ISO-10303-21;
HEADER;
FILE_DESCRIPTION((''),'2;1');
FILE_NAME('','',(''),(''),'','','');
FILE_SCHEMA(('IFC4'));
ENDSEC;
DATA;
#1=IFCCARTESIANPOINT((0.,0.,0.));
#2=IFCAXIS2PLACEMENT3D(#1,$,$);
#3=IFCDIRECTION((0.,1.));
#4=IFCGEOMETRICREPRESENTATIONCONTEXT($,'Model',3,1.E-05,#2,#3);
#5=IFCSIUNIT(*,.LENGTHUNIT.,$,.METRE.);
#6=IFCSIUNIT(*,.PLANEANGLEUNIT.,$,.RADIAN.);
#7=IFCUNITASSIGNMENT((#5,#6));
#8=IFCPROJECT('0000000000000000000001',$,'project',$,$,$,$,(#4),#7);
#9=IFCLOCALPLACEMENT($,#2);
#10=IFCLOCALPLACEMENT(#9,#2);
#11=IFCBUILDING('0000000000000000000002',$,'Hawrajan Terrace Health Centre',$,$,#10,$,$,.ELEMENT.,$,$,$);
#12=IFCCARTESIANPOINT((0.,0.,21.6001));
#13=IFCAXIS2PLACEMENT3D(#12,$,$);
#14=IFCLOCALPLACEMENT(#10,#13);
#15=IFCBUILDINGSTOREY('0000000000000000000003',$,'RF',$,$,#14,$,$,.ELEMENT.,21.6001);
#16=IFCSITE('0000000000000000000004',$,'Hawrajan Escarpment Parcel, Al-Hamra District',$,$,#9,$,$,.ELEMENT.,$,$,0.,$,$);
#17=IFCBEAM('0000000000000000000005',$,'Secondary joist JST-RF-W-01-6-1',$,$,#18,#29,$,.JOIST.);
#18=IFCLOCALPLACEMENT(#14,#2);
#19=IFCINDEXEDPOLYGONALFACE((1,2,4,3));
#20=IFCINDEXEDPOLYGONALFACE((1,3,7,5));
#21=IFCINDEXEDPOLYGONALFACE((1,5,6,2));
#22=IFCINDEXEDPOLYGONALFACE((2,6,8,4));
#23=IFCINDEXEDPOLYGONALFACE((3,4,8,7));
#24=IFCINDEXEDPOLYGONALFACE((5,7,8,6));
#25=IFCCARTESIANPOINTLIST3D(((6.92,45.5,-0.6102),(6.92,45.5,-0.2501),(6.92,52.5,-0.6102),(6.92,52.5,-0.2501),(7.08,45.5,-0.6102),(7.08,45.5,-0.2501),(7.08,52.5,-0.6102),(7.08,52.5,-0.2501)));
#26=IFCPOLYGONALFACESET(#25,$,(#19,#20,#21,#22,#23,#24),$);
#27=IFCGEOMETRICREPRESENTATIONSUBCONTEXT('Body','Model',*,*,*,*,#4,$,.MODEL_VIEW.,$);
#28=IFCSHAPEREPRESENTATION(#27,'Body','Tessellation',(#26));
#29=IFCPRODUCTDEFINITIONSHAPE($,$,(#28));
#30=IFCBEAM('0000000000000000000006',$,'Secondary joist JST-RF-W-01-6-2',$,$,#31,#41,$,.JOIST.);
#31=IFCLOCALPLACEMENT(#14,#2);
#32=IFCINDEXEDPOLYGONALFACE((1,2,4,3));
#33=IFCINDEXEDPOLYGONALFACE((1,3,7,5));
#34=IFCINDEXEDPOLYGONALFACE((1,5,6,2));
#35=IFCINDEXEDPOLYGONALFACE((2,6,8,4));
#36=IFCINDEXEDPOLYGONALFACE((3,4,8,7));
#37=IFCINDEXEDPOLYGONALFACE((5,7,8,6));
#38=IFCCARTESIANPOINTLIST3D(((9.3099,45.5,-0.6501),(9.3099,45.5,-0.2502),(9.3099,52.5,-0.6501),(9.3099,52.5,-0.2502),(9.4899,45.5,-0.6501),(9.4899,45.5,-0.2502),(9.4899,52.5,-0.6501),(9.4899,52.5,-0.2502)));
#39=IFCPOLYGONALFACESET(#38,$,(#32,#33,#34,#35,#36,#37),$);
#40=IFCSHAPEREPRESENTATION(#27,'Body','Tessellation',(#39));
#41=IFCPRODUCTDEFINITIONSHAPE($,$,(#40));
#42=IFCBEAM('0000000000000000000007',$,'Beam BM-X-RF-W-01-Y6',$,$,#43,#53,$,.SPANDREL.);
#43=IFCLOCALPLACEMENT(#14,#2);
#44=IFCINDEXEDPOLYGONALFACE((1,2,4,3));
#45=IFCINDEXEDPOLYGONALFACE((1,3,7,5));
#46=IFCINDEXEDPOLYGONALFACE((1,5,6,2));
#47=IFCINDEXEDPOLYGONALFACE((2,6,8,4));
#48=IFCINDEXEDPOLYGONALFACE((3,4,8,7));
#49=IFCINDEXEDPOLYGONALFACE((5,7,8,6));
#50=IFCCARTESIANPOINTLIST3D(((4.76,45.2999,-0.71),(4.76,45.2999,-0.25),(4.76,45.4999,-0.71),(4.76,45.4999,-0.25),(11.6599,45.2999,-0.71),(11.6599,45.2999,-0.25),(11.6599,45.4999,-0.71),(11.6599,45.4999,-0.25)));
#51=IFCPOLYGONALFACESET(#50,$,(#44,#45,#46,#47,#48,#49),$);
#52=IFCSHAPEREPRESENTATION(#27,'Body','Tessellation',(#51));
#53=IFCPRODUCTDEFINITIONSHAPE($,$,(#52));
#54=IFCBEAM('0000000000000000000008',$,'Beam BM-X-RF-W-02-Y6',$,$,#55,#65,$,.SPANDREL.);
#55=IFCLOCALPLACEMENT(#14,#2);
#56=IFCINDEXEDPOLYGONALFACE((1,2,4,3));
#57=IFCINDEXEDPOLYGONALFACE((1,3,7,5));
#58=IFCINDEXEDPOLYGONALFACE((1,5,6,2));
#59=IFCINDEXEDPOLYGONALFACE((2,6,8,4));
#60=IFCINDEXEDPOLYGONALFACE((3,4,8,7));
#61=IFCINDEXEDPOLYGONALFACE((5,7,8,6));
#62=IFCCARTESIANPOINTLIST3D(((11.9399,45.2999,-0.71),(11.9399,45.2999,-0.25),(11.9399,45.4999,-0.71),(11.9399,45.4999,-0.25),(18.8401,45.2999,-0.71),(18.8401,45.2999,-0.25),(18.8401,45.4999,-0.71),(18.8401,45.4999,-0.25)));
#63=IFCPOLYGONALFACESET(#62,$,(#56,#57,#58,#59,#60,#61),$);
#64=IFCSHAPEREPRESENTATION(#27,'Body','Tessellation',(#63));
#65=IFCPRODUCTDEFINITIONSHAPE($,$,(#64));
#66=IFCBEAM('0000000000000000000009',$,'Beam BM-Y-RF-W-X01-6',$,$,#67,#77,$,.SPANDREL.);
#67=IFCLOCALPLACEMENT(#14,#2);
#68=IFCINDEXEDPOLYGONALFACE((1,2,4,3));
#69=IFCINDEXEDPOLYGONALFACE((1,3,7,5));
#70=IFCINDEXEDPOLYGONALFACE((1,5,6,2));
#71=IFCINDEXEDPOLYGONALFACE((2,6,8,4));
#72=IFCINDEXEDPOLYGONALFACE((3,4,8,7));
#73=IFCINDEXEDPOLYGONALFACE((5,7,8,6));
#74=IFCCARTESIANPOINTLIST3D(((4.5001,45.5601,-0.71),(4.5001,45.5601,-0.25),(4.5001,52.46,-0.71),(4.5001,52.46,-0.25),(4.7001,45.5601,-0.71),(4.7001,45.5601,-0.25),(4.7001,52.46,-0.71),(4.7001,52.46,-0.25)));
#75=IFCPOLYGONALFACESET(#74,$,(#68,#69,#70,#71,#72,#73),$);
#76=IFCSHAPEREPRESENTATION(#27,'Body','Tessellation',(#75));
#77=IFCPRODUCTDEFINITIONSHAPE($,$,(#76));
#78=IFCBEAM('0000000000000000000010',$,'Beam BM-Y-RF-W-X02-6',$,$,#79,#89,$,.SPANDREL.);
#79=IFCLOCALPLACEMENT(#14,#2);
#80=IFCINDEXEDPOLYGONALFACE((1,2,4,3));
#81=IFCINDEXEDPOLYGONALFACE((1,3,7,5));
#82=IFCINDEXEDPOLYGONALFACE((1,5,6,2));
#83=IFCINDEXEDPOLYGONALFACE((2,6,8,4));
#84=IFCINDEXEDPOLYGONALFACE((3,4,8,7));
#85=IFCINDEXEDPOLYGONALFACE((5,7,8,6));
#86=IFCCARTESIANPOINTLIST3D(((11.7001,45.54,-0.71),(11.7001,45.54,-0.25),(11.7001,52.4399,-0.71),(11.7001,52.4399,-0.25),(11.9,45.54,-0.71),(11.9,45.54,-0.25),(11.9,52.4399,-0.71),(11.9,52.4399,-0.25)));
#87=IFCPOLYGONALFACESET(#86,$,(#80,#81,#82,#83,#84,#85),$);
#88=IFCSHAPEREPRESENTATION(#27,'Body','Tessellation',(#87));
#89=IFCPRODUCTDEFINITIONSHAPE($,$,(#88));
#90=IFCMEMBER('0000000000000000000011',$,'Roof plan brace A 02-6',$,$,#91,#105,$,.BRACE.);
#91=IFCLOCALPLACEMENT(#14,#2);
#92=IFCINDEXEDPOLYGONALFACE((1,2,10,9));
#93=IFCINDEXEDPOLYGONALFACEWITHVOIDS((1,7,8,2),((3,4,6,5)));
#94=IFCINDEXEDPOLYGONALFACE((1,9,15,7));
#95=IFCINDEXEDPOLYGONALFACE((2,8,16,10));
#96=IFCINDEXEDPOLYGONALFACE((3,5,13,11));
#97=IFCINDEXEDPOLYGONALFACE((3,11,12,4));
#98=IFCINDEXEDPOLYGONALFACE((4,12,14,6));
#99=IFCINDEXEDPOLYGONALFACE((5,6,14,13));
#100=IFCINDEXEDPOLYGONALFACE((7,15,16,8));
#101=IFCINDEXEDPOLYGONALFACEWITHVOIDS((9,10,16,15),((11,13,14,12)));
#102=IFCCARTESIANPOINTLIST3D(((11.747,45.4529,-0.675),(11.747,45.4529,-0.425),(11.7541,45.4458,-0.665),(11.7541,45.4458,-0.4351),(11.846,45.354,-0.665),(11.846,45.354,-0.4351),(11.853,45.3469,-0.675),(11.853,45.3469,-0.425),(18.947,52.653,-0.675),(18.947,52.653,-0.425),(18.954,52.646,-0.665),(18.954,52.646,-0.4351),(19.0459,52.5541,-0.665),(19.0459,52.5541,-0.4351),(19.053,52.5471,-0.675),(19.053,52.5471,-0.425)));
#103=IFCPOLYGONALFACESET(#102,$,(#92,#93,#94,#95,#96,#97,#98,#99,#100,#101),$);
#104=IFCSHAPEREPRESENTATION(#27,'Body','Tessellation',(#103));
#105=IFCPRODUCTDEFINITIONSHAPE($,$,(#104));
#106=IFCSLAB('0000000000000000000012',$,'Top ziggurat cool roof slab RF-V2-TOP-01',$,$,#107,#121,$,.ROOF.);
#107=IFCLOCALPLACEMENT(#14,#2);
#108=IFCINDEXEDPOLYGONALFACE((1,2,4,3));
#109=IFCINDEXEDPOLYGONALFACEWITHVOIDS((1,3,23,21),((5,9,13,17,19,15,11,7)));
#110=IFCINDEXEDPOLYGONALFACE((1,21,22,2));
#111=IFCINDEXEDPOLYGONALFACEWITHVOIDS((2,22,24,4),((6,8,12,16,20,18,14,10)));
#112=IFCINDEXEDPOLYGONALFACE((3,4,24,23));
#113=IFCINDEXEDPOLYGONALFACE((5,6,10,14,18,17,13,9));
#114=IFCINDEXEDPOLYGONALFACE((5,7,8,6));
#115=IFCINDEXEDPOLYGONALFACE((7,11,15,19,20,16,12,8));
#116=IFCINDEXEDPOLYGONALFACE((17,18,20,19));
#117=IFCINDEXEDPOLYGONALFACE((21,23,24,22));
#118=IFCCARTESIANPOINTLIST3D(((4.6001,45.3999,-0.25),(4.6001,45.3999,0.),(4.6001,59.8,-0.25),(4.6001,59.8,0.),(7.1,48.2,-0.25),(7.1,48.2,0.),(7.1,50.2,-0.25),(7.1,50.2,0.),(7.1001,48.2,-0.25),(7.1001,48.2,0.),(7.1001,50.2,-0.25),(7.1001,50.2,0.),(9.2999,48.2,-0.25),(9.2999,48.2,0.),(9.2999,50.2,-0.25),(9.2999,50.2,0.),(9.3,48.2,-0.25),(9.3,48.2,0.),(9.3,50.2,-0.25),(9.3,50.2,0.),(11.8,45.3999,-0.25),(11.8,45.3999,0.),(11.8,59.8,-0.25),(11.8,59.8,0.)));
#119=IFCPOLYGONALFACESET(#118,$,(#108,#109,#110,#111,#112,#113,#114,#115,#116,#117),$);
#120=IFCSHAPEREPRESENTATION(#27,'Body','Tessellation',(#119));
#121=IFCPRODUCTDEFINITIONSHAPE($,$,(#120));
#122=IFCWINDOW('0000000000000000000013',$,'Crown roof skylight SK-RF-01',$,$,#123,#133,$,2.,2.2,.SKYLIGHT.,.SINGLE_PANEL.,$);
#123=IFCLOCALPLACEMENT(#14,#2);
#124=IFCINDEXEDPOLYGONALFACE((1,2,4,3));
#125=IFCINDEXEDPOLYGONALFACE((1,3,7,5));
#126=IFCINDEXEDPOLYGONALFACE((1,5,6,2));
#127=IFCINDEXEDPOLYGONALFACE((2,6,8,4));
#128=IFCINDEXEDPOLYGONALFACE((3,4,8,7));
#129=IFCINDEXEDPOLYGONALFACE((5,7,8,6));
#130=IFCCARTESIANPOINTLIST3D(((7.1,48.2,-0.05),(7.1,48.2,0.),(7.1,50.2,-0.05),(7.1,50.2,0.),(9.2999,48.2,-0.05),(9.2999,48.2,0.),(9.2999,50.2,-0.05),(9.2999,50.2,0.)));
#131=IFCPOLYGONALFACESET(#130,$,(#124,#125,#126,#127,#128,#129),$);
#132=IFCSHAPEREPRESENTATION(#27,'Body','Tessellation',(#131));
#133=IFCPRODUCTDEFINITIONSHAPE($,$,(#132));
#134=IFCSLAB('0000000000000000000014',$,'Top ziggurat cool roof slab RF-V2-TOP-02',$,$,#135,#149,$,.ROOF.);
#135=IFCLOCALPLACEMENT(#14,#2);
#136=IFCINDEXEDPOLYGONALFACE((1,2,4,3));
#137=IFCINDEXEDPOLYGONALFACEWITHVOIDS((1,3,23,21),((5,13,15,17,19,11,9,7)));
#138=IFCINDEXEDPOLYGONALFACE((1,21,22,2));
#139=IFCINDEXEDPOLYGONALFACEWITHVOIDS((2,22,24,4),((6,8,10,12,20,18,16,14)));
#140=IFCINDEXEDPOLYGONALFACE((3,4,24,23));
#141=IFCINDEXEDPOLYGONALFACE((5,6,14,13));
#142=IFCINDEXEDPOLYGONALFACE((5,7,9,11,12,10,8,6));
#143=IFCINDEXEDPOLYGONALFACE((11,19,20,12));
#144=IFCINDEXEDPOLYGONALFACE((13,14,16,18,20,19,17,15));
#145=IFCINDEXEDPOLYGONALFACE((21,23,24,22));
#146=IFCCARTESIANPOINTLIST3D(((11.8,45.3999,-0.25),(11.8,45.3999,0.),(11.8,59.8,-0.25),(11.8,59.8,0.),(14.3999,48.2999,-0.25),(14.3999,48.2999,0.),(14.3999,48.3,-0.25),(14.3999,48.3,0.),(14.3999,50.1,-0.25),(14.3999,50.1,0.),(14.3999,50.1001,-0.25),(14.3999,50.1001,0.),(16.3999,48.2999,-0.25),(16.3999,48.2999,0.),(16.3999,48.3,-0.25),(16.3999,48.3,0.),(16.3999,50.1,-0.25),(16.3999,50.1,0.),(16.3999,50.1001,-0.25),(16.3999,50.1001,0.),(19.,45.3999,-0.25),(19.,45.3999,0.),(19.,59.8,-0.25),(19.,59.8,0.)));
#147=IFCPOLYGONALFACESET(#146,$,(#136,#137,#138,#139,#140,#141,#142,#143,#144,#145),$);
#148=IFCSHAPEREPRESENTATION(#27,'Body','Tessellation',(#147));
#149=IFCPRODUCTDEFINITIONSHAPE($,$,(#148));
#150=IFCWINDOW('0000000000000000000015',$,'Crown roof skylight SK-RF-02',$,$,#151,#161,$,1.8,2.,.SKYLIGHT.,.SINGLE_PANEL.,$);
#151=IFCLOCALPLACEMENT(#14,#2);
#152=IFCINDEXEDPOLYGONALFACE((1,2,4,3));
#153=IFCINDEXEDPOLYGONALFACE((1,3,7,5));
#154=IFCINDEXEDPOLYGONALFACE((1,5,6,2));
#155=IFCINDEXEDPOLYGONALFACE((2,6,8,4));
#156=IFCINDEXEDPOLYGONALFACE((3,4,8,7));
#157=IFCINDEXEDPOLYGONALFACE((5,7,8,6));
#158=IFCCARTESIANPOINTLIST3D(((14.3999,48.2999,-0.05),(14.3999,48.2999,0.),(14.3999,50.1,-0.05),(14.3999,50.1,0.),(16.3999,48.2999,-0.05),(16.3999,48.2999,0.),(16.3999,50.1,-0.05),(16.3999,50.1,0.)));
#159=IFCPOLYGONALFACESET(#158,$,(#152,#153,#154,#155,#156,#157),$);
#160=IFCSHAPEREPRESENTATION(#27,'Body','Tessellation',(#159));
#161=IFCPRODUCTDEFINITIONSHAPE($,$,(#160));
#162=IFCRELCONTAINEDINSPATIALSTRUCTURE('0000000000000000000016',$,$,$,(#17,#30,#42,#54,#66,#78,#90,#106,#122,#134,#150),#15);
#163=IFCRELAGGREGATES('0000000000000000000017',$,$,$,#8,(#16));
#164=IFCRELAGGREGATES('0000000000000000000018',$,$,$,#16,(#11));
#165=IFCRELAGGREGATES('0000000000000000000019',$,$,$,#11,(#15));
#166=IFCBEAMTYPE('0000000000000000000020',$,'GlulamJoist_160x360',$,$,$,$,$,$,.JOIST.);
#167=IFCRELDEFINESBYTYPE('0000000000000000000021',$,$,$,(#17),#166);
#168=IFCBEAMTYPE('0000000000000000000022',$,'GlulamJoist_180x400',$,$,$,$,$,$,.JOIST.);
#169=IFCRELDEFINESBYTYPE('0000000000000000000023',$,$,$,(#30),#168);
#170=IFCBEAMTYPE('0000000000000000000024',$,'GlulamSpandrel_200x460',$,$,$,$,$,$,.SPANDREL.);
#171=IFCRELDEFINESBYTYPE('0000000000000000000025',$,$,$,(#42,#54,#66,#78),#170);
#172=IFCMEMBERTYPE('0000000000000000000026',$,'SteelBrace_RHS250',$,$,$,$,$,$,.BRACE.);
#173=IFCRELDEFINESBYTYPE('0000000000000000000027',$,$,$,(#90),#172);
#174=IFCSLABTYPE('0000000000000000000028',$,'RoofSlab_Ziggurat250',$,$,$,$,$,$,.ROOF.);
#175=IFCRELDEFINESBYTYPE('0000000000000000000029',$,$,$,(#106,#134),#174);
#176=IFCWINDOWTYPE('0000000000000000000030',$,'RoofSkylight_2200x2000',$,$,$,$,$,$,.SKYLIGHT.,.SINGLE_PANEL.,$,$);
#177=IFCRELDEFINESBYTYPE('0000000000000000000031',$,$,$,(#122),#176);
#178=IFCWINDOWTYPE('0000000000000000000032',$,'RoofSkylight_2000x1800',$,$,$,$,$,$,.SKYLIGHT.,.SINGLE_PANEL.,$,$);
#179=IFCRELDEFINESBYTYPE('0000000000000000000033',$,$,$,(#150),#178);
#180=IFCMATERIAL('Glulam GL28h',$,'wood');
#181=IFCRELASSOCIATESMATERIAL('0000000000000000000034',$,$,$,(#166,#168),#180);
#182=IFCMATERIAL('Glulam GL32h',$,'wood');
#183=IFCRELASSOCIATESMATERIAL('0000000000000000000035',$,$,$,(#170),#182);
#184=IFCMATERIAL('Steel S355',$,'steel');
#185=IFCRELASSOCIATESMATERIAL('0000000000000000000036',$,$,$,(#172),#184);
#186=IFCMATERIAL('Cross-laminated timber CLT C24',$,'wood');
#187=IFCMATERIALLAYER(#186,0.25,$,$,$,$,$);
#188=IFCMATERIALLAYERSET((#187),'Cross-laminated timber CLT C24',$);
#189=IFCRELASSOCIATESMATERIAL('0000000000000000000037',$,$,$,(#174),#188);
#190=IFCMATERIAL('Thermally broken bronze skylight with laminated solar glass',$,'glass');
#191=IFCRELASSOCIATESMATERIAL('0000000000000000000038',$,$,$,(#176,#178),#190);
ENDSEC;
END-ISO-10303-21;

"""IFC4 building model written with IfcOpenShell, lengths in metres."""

from ifc_helpers import new_model, si_unit, direction, frame, origin, origin_2d, place, context, subcontext, project, spatial, polyline, rectangle, hollow_rectangle, outline, extrude, material, layer, layer_set, material_profile, profile_set, type_object, element, fill, save


model = new_model("IFC4")

# Units and contexts
model_context = context("Model", 3, precision=1e-05, world=origin(), true_north=direction((0.0, 1.0)))
body_context = subcontext(model_context, "Body", "Model", "MODEL_VIEW")
ifc_project = project(units=[si_unit("LENGTHUNIT", "METRE"), si_unit("PLANEANGLEUNIT", "RADIAN")], contexts=[model_context])

# Site, building, storey
site_placement = place(None, origin())
site = spatial("IfcSite", under=ifc_project, at=site_placement, Name="Hawrajan Escarpment Parcel, Al-Hamra District", CompositionType="ELEMENT", RefElevation=0.0)
building_placement = place(site_placement, origin())
building = spatial("IfcBuilding", under=site, at=building_placement, Name="Hawrajan Terrace Health Centre", CompositionType="ELEMENT")
storey_placement = place(building_placement, frame((0.0, 0.0, 21.6001)))
storey = spatial("IfcBuildingStorey", under=building, at=storey_placement, Name="RF", CompositionType="ELEMENT", Elevation=21.6001)

# Beams
ifc_material_1 = material(Name="Glulam GL28h", Category="wood")
ifc_material_profile_1 = material_profile(ifc_material_1, rectangle(XDim=0.1599, YDim=0.3601, at=origin_2d()), Name="GL JST 160x360")
ifc_profile_set_1 = profile_set([ifc_material_profile_1], Name="Glulam GL28h")
beam_type_1 = type_object("IfcBeamType", Name="GlulamJoist_160x360", PredefinedType="JOIST", material=ifc_profile_set_1)
beam_1_placement = place(storey_placement, frame((7.0, 45.5, -0.4302), z_axis=(0.0, 1.0, 0.0), x_axis=(-1.0, 0.0, 0.0)))
element("IfcBeam", 1, at=beam_1_placement, inside=storey, type_object=beam_type_1, Name="Secondary joist JST-RF-W-01-6-1", PredefinedType="JOIST", context=body_context, shape_type="SweptSolid", body=[
    extrude(rectangle(XDim=0.1599, YDim=0.3601, at=origin_2d()), origin(), (0.0, 0.0, 1.0), 7.0),
])
ifc_material_profile_2 = material_profile(ifc_material_1, rectangle(XDim=0.1799, YDim=0.3999, at=origin_2d()), Name="GL JST 180x400")
ifc_profile_set_2 = profile_set([ifc_material_profile_2], Name="Glulam GL28h")
beam_type_2 = type_object("IfcBeamType", Name="GlulamJoist_180x400", PredefinedType="JOIST", material=ifc_profile_set_2)
beam_2_placement = place(storey_placement, frame((9.3999, 45.5, -0.4502), z_axis=(0.0, 1.0, 0.0), x_axis=(-1.0, 0.0, 0.0)))
element("IfcBeam", 2, at=beam_2_placement, inside=storey, type_object=beam_type_2, Name="Secondary joist JST-RF-W-01-6-2", PredefinedType="JOIST", context=body_context, shape_type="SweptSolid", body=[
    extrude(rectangle(XDim=0.1799, YDim=0.3999, at=origin_2d()), origin(), (0.0, 0.0, 1.0), 7.0),
])
ifc_material_2 = material(Name="Glulam GL32h", Category="wood")
ifc_material_profile_3 = material_profile(ifc_material_2, rectangle(XDim=0.2, YDim=0.46, at=origin_2d()), Name="GL SP 200x460")
ifc_profile_set_3 = profile_set([ifc_material_profile_3], Name="Glulam GL32h")
beam_type_3 = type_object("IfcBeamType", Name="GlulamSpandrel_200x460", PredefinedType="SPANDREL", material=ifc_profile_set_3)
beam_3_placement = place(storey_placement, frame((4.76, 45.3999, -0.48), z_axis=(1.0, 0.0, 0.0), x_axis=(0.0, 1.0, 0.0)))
element("IfcBeam", 3, at=beam_3_placement, inside=storey, type_object=beam_type_3, Name="Beam BM-X-RF-W-01-Y6", PredefinedType="SPANDREL", context=body_context, shape_type="SweptSolid", body=[
    extrude(rectangle(XDim=0.2, YDim=0.46, at=origin_2d()), origin(), (0.0, 0.0, 1.0), 6.8999),
])
beam_4_placement = place(storey_placement, frame((11.9399, 45.3999, -0.48), z_axis=(1.0, 0.0, 0.0), x_axis=(0.0, 1.0, 0.0)))
element("IfcBeam", 4, at=beam_4_placement, inside=storey, type_object=beam_type_3, Name="Beam BM-X-RF-W-02-Y6", PredefinedType="SPANDREL", context=body_context, shape_type="SweptSolid", body=[
    extrude(rectangle(XDim=0.2, YDim=0.46, at=origin_2d()), origin(), (0.0, 0.0, 1.0), 6.9001),
])
for number, where, z_axis, x_axis, name in (
    (5, (4.6001, 45.5601, -0.48), (0.0, 1.0, 0.0), (-1.0, 0.0, 0.0), "Beam BM-Y-RF-W-X01-6"),
    (6, (11.8, 45.54, -0.48), (0.0, 1.0, 0.0), (-1.0, 0.0, 0.0), "Beam BM-Y-RF-W-X02-6"),
):
    element("IfcBeam", number, at=place(storey_placement, frame(where, z_axis=z_axis, x_axis=x_axis)), inside=storey, type_object=beam_type_3, Name=name, PredefinedType="SPANDREL", context=body_context, shape_type="SweptSolid", body=[
        extrude(rectangle(XDim=0.2, YDim=0.46, at=origin_2d()), origin(), (0.0, 0.0, 1.0), 6.8999),
    ])

# Member
ifc_material_3 = material(Name="Steel S355", Category="steel")
ifc_material_profile_4 = material_profile(ifc_material_3, hollow_rectangle(XDim=0.1499, YDim=0.25, WallThickness=0.01, at=origin_2d()), Name="RHS 250x150x10.0")
ifc_profile_set_4 = profile_set([ifc_material_profile_4], Name="Steel S355")
member_type = type_object("IfcMemberType", Name="SteelBrace_RHS250", PredefinedType="BRACE", material=ifc_profile_set_4)
member_placement = place(storey_placement, frame((11.8, 45.3999, -0.55), z_axis=(0.707095, 0.707119, 0.0), x_axis=(-0.707119, 0.707095, 0.0)))
element("IfcMember", 7, at=member_placement, inside=storey, type_object=member_type, Name="Roof plan brace A 02-6", PredefinedType="BRACE", context=body_context, shape_type="SweptSolid", body=[
    extrude(hollow_rectangle(XDim=0.1499, YDim=0.25, WallThickness=0.01, at=origin_2d()), origin(), (0.0, 0.0, 1.0), 10.1824),
])

# Slabs, openings, windows
ifc_material_4 = material(Name="Cross-laminated timber CLT C24", Category="wood")
ifc_layer_1 = layer(ifc_material_4, 0.25)
ifc_layer_set_1 = layer_set([ifc_layer_1], Name="Cross-laminated timber CLT C24")
slab_type = type_object("IfcSlabType", Name="RoofSlab_Ziggurat250", PredefinedType="ROOF", material=ifc_layer_set_1)
slab_1_placement = place(storey_placement, frame((0.0, 0.0, -0.25)))
slab_1 = element("IfcSlab", 8, at=slab_1_placement, inside=storey, type_object=slab_type, Name="Top ziggurat cool roof slab RF-V2-TOP-01", PredefinedType="ROOF", context=body_context, shape_type="SweptSolid", body=[
    extrude(outline(polyline([(4.6001, 45.3999), (11.8, 45.3999), (11.8, 59.8), (4.6001, 59.8), (4.6001, 45.3999)]), holes=[polyline([(7.1001, 48.2), (9.3, 48.2), (9.3, 50.2), (7.1001, 50.2), (7.1001, 48.2)])]), origin(), (0.0, 0.0, 1.0), 0.25),
])
opening_1_placement = place(slab_1_placement, frame((8.2, 49.2, -0.01)))
opening_1 = element("IfcOpeningElement", 9, at=opening_1_placement, cuts=slab_1, PredefinedType="OPENING", context=body_context, shape_type="SweptSolid", body=[
    extrude(rectangle(XDim=2.2, YDim=2.0, at=origin_2d()), origin(), (0.0, 0.0, 1.0), 0.27),
])
ifc_material_5 = material(Name="Thermally broken bronze skylight with laminated solar glass", Category="glass")
window_type_1 = type_object("IfcWindowType", Name="RoofSkylight_2200x2000", PartitioningType="SINGLE_PANEL", PredefinedType="SKYLIGHT", material=ifc_material_5)
window_1_placement = place(opening_1_placement, frame((0.0, 0.0, 0.21)))
window_1 = element("IfcWindow", 10, at=window_1_placement, inside=storey, type_object=window_type_1, Name="Crown roof skylight SK-RF-01", OverallHeight=2.0, OverallWidth=2.2, PartitioningType="SINGLE_PANEL", PredefinedType="SKYLIGHT", context=body_context, shape_type="SweptSolid", body=[
    extrude(rectangle(XDim=2.2, YDim=2.0, at=origin_2d()), origin(), (0.0, 0.0, 1.0), 0.05),
])
fill(opening_1, window_1)
slab_2_placement = place(storey_placement, frame((0.0, 0.0, -0.25)))
slab_2 = element("IfcSlab", 11, at=slab_2_placement, inside=storey, type_object=slab_type, Name="Top ziggurat cool roof slab RF-V2-TOP-02", PredefinedType="ROOF", context=body_context, shape_type="SweptSolid", body=[
    extrude(outline(polyline([(11.8, 45.3999), (19.0, 45.3999), (19.0, 59.8), (11.8, 59.8), (11.8, 45.3999)]), holes=[polyline([(14.3999, 48.3), (16.3999, 48.3), (16.3999, 50.1001), (14.3999, 50.1001), (14.3999, 48.3)])]), origin(), (0.0, 0.0, 1.0), 0.25),
])
opening_2_placement = place(slab_2_placement, frame((15.3999, 49.2, -0.01)))
opening_2 = element("IfcOpeningElement", 12, at=opening_2_placement, cuts=slab_2, PredefinedType="OPENING", context=body_context, shape_type="SweptSolid", body=[
    extrude(rectangle(XDim=2.0, YDim=1.8, at=origin_2d()), origin(), (0.0, 0.0, 1.0), 0.27),
])
window_type_2 = type_object("IfcWindowType", Name="RoofSkylight_2000x1800", PartitioningType="SINGLE_PANEL", PredefinedType="SKYLIGHT", material=ifc_material_5)
window_2_placement = place(opening_2_placement, frame((0.0, 0.0, 0.21)))
window_2 = element("IfcWindow", 13, at=window_2_placement, inside=storey, type_object=window_type_2, Name="Crown roof skylight SK-RF-02", OverallHeight=1.8, OverallWidth=2.0, PartitioningType="SINGLE_PANEL", PredefinedType="SKYLIGHT", context=body_context, shape_type="SweptSolid", body=[
    extrude(rectangle(XDim=2.0, YDim=1.8, at=origin_2d()), origin(), (0.0, 0.0, 1.0), 0.05),
])
fill(opening_2, window_2)

save(model, "model.ifc")
